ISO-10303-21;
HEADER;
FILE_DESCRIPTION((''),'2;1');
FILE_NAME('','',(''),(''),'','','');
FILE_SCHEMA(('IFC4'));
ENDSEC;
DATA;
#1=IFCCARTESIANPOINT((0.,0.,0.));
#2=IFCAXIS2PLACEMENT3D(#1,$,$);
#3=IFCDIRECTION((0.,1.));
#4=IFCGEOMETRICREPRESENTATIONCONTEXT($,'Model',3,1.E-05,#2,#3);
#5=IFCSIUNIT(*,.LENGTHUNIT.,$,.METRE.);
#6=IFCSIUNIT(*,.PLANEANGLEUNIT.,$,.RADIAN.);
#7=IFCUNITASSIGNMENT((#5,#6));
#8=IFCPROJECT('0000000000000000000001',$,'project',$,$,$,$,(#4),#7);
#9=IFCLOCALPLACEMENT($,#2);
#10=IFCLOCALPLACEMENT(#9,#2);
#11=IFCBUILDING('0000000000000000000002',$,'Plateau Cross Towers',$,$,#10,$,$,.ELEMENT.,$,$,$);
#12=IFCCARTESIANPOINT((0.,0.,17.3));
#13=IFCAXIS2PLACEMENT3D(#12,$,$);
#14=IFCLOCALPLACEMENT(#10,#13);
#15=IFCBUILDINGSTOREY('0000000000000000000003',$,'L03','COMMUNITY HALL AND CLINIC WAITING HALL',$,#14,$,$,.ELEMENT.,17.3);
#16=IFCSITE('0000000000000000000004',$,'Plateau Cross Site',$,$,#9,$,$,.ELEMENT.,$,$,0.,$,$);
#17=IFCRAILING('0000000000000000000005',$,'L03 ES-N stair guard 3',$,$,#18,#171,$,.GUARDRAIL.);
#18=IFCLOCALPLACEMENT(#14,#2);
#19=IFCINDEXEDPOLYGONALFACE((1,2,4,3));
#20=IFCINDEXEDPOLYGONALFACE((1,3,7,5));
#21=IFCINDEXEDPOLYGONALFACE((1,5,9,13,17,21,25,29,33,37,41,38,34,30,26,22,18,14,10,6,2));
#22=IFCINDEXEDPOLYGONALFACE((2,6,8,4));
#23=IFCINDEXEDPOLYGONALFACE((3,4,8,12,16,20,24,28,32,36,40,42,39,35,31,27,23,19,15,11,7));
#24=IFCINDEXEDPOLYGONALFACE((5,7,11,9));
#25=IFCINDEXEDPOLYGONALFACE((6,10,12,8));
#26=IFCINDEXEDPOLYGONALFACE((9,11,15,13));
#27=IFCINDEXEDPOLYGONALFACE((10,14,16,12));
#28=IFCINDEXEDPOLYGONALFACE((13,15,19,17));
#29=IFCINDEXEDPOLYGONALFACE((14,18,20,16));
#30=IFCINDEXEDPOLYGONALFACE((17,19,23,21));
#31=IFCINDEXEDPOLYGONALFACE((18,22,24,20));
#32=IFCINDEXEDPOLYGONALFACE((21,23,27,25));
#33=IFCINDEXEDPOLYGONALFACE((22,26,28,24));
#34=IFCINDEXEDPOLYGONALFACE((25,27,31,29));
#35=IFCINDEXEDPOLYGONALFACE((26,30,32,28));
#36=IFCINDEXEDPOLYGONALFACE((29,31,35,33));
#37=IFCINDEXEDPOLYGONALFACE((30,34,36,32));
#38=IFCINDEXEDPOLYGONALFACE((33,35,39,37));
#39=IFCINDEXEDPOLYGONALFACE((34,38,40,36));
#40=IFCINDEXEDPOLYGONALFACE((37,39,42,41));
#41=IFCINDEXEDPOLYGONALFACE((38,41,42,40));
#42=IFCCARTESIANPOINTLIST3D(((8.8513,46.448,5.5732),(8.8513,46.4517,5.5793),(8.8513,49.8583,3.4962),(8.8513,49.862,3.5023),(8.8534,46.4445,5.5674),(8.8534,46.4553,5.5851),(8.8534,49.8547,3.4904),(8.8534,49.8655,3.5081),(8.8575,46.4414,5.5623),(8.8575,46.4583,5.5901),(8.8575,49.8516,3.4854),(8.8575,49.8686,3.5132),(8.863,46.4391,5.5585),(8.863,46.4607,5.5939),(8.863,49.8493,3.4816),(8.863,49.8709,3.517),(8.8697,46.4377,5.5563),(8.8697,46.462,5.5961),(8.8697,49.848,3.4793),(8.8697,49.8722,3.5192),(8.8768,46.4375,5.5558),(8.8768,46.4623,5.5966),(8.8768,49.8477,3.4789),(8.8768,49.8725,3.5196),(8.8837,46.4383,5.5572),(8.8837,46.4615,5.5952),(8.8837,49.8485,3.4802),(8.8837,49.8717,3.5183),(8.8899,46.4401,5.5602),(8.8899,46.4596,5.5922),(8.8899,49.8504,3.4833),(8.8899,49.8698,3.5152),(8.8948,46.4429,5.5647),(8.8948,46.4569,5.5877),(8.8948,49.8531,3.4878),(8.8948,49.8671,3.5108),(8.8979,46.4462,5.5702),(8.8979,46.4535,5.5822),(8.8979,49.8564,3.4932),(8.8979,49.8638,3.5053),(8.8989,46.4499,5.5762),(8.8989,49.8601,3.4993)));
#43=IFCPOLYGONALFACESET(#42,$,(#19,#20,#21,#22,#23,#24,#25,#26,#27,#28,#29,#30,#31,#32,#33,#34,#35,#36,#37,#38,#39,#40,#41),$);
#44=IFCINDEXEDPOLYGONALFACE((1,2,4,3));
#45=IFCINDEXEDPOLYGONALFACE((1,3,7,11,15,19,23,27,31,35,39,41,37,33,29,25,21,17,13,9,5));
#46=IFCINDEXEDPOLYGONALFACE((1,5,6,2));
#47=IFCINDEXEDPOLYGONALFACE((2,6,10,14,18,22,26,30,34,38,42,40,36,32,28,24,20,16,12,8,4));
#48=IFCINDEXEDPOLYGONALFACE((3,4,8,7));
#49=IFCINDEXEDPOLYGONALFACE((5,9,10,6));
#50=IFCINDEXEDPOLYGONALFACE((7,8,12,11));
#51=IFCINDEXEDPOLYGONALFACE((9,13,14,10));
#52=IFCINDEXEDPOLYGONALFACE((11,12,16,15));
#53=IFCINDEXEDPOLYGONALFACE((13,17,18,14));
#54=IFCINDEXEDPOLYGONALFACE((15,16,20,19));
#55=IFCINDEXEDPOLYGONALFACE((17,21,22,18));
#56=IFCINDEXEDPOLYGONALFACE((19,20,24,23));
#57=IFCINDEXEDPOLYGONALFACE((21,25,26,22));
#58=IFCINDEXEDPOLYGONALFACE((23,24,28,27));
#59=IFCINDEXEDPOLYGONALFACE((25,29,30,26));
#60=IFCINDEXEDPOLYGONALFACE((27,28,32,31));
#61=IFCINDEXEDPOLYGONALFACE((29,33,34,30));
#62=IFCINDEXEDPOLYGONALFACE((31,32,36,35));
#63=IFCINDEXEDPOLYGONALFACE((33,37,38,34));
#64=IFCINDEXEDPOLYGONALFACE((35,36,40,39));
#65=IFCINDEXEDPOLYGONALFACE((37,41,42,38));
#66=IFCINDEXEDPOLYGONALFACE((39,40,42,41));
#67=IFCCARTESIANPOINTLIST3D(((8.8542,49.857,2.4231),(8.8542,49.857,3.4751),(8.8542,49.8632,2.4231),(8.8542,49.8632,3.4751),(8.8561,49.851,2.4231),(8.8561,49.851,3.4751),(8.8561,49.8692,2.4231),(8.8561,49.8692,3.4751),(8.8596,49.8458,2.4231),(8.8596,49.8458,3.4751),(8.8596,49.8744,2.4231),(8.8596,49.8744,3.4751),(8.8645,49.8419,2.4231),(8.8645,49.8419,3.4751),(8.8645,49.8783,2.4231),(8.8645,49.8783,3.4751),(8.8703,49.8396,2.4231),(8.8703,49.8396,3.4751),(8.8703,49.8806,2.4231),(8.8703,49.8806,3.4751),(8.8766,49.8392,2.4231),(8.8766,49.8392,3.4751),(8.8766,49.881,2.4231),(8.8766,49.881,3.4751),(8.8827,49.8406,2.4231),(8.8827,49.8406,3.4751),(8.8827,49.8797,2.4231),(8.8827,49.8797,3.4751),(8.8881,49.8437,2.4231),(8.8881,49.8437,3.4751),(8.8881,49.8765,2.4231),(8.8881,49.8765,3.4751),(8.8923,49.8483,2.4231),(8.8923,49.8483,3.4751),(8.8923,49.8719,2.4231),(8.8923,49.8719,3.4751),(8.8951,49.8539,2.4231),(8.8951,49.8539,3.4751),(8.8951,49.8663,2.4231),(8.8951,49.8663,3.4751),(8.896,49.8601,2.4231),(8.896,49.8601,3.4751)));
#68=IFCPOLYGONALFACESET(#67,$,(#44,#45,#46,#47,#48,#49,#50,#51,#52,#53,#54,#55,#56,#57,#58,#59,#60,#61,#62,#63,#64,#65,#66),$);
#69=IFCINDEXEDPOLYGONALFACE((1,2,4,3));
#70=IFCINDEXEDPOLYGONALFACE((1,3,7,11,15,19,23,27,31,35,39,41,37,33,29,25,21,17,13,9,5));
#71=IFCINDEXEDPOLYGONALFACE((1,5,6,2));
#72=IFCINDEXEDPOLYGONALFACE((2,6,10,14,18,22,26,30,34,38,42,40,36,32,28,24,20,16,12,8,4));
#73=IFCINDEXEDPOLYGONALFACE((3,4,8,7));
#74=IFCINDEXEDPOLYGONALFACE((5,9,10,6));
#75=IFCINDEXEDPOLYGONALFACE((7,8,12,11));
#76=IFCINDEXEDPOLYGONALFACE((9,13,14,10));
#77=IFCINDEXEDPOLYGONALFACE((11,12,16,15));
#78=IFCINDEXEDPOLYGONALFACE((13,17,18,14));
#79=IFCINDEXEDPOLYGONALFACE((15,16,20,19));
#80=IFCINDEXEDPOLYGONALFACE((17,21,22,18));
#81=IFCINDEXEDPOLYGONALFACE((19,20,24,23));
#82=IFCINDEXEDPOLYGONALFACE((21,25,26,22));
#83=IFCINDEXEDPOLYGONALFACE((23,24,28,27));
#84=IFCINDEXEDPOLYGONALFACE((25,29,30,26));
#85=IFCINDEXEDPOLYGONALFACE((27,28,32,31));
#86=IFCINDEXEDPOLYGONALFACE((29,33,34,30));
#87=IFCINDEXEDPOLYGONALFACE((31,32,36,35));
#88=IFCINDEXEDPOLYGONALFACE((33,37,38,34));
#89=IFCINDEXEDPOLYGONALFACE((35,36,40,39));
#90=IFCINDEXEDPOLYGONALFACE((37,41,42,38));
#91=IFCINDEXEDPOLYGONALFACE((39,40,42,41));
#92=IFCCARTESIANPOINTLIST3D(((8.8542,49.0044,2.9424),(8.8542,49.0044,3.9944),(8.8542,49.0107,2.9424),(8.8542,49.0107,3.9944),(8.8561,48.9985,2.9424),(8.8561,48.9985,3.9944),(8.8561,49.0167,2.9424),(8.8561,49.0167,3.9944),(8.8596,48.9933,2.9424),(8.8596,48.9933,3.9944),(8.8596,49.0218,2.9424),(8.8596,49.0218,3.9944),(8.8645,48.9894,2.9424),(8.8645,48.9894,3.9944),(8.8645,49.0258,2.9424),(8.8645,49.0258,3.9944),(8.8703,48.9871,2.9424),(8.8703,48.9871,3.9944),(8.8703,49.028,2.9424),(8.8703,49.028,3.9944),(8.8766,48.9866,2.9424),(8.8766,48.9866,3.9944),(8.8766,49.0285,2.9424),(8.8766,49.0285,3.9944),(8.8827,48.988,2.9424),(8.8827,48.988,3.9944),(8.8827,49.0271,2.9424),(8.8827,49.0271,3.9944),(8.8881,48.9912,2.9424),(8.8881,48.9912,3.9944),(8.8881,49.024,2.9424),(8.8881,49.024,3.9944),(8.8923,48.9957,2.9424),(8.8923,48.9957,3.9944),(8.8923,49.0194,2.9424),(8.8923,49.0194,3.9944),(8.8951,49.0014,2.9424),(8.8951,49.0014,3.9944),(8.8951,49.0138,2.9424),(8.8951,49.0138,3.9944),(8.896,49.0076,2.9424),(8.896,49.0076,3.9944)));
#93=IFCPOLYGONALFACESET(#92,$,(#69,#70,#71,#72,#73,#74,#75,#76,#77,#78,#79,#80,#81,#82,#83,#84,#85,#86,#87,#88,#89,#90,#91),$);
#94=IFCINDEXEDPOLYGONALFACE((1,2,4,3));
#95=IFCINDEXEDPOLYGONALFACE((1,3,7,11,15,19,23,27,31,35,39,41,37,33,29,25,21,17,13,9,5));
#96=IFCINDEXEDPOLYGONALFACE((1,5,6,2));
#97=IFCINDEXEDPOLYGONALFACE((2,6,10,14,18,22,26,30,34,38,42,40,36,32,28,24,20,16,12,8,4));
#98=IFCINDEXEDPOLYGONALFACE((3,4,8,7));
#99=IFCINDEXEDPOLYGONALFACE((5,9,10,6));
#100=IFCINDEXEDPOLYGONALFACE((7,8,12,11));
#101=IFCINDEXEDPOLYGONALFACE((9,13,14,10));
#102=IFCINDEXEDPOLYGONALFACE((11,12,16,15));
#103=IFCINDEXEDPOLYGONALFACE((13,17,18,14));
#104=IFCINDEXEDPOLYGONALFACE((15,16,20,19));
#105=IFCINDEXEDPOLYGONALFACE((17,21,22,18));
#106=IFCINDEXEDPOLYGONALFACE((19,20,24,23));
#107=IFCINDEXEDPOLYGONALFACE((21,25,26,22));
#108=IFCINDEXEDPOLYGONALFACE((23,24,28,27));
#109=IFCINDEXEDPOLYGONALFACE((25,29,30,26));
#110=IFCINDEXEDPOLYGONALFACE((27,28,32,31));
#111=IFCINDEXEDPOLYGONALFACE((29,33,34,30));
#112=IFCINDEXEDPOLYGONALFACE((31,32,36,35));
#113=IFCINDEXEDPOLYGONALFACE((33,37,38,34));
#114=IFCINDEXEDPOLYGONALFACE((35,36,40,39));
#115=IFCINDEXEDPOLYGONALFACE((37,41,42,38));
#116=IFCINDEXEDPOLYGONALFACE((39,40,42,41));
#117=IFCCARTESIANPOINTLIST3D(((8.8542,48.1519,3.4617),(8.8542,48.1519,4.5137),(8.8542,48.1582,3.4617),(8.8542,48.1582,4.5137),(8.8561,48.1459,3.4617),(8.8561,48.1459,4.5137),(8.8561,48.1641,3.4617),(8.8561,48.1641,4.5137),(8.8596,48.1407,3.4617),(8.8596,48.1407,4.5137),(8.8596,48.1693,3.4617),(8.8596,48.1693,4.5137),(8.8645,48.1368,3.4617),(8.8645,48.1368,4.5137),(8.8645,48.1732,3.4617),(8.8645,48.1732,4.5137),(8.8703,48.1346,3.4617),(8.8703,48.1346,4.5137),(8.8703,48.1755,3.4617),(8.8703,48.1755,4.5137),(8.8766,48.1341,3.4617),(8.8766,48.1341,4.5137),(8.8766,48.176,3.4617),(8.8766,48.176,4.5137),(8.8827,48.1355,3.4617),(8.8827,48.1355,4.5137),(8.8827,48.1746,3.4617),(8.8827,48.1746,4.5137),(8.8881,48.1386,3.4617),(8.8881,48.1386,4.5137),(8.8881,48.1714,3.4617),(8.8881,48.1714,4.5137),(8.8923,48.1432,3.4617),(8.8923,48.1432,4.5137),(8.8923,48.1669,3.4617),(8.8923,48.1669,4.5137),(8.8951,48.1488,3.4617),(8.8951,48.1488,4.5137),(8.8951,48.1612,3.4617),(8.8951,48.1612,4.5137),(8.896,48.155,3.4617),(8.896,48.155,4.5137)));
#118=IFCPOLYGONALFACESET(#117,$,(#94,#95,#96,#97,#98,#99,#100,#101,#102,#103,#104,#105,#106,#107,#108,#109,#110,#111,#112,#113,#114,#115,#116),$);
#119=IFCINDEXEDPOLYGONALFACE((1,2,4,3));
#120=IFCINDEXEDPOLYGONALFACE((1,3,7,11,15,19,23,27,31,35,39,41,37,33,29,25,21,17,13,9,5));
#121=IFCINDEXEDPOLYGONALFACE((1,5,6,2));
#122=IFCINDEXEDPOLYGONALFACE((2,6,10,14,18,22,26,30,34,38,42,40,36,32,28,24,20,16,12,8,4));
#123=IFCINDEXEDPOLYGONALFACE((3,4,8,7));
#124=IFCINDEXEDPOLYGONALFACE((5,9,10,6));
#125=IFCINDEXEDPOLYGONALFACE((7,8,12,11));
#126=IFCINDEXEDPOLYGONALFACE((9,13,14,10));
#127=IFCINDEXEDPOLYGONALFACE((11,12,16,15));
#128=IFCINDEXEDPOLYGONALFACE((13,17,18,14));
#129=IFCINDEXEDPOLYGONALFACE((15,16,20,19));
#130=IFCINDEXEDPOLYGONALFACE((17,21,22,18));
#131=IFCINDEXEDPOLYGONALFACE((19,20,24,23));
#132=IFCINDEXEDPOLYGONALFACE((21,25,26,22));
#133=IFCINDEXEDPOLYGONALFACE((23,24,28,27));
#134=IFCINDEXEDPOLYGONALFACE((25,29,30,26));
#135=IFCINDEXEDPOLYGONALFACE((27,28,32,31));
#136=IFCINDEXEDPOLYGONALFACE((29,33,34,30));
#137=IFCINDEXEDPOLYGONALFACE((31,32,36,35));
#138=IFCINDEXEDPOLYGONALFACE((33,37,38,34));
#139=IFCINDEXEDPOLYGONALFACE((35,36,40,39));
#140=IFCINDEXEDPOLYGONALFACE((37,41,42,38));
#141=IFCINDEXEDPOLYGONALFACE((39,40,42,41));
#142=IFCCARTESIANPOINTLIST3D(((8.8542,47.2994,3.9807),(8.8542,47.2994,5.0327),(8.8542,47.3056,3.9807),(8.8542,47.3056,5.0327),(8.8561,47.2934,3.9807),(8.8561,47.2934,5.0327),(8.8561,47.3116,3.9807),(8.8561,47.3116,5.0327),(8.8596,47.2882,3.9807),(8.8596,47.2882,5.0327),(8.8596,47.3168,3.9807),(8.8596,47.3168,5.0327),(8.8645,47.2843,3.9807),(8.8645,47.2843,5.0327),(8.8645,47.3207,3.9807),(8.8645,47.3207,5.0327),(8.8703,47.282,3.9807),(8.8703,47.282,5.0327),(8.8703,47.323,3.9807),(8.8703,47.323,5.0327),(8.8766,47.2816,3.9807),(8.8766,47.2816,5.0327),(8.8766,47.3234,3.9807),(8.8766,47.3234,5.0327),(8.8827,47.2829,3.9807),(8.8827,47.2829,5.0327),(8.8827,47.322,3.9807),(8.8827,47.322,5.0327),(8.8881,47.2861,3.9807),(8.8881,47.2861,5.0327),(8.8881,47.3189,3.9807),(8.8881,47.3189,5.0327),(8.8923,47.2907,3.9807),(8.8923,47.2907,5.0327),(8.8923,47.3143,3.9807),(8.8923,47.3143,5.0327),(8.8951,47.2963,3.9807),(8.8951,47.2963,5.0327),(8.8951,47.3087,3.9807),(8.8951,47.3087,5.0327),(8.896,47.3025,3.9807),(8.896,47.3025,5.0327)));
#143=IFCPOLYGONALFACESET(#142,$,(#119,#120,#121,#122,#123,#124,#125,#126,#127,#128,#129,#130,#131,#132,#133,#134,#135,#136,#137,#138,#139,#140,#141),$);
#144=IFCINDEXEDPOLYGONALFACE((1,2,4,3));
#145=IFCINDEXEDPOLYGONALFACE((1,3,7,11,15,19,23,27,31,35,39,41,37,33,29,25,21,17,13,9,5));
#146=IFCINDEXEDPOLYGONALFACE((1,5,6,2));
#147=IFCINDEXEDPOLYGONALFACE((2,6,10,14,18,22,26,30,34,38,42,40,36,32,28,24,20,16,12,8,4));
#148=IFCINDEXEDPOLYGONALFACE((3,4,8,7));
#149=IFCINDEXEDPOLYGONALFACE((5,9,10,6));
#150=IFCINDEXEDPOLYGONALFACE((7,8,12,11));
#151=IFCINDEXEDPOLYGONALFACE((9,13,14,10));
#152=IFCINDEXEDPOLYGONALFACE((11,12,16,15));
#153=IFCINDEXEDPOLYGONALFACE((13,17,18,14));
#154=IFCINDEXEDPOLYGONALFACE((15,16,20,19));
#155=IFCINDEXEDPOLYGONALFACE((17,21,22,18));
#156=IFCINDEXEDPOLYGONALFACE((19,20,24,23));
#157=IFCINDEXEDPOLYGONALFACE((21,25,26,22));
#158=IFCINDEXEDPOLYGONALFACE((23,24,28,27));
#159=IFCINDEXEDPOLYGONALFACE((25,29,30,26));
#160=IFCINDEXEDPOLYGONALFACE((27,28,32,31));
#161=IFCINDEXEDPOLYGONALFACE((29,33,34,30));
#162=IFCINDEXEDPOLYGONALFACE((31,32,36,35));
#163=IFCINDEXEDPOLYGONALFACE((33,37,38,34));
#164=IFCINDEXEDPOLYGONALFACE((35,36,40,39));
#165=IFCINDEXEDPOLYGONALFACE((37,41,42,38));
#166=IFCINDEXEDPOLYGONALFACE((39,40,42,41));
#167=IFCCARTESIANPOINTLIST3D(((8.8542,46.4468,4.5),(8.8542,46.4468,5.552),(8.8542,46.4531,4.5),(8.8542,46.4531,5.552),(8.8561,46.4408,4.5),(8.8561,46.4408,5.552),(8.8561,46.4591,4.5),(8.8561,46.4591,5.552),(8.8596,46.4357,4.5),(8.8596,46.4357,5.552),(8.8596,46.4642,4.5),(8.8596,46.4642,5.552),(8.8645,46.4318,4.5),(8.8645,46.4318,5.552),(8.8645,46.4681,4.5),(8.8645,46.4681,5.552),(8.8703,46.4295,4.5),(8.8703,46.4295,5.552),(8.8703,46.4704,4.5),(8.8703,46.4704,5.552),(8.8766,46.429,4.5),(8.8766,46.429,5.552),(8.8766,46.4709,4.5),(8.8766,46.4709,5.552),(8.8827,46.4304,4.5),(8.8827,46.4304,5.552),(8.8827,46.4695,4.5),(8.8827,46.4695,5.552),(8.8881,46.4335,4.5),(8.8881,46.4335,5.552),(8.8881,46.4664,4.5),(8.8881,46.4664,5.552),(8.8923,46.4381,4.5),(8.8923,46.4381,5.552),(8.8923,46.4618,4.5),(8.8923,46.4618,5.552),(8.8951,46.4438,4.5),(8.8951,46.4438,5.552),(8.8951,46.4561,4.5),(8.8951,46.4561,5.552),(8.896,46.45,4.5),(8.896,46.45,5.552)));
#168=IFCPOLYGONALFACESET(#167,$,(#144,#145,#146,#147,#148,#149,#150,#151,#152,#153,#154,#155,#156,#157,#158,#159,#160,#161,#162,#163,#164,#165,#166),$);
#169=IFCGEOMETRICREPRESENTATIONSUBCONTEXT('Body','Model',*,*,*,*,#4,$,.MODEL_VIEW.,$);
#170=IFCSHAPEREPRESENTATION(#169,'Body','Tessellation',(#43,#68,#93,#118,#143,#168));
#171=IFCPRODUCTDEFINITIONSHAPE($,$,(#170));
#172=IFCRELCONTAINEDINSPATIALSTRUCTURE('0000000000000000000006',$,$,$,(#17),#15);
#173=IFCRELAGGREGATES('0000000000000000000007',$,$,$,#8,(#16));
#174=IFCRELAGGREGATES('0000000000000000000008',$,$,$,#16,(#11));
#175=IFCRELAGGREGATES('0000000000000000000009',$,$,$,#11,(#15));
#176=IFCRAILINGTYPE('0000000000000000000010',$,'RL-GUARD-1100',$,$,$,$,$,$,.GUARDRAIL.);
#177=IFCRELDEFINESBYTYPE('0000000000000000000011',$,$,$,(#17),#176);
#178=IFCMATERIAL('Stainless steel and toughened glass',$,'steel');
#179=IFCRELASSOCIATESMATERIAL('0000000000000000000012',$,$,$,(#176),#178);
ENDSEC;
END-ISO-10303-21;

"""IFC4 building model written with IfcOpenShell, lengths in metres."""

from ifc_helpers import new_model, si_unit, direction, frame, origin, origin_2d, place, context, subcontext, project, spatial, circle, extrude, material, type_object, element, save


model = new_model("IFC4")

# Units and contexts
model_context = context("Model", 3, precision=1e-05, world=origin(), true_north=direction((0.0, 1.0)))
body_context = subcontext(model_context, "Body", "Model", "MODEL_VIEW")
ifc_project = project(units=[si_unit("LENGTHUNIT", "METRE"), si_unit("PLANEANGLEUNIT", "RADIAN")], contexts=[model_context])

# Site, building, storey
site_placement = place(None, origin())
site = spatial("IfcSite", under=ifc_project, at=site_placement, Name="Plateau Cross Site", CompositionType="ELEMENT", RefElevation=0.0)
building_placement = place(site_placement, origin())
building = spatial("IfcBuilding", under=site, at=building_placement, Name="Plateau Cross Towers", CompositionType="ELEMENT")
storey_placement = place(building_placement, frame((0.0, 0.0, 17.3)))
storey = spatial("IfcBuildingStorey", under=building, at=storey_placement, Name="L03", Description="COMMUNITY HALL AND CLINIC WAITING HALL", CompositionType="ELEMENT", Elevation=17.3)

# Railing
ifc_material_1 = material(Name="Stainless steel and toughened glass", Category="steel")
railing_type_1 = type_object("IfcRailingType", Name="RL-GUARD-1100", PredefinedType="GUARDRAIL", material=ifc_material_1)
railing_1_placement = place(storey_placement, frame((8.875, 49.8601, 2.4231)))
element("IfcRailing", 1, at=railing_1_placement, inside=storey, type_object=railing_type_1, Name="L03 ES-N stair guard 3", PredefinedType="GUARDRAIL", context=body_context, shape_type="SweptSolid", body=[
    extrude(circle(Radius=0.0239, at=origin_2d()), frame((0.0, 0.0, 1.0762), z_axis=(0.0, -0.85407, 0.520158), x_axis=(1.0, 0.0, 0.0)), (0.0, 0.0, 1.0), 3.9929),
    extrude(circle(Radius=0.021, at=origin_2d()), origin(), (0.0, 0.0, 1.0), 1.052),
    extrude(circle(Radius=0.021, at=origin_2d()), frame((0.0, -0.8525, 0.5193)), (0.0, 0.0, 1.0), 1.052),
    extrude(circle(Radius=0.021, at=origin_2d()), frame((0.0, -1.7051, 1.0386)), (0.0, 0.0, 1.0), 1.052),
    extrude(circle(Radius=0.021, at=origin_2d()), frame((0.0, -2.5576, 1.5576)), (0.0, 0.0, 1.0), 1.052),
    extrude(circle(Radius=0.021, at=origin_2d()), frame((0.0, -3.4102, 2.0769)), (0.0, 0.0, 1.0), 1.052),
])

save(model, "model.ifc")
